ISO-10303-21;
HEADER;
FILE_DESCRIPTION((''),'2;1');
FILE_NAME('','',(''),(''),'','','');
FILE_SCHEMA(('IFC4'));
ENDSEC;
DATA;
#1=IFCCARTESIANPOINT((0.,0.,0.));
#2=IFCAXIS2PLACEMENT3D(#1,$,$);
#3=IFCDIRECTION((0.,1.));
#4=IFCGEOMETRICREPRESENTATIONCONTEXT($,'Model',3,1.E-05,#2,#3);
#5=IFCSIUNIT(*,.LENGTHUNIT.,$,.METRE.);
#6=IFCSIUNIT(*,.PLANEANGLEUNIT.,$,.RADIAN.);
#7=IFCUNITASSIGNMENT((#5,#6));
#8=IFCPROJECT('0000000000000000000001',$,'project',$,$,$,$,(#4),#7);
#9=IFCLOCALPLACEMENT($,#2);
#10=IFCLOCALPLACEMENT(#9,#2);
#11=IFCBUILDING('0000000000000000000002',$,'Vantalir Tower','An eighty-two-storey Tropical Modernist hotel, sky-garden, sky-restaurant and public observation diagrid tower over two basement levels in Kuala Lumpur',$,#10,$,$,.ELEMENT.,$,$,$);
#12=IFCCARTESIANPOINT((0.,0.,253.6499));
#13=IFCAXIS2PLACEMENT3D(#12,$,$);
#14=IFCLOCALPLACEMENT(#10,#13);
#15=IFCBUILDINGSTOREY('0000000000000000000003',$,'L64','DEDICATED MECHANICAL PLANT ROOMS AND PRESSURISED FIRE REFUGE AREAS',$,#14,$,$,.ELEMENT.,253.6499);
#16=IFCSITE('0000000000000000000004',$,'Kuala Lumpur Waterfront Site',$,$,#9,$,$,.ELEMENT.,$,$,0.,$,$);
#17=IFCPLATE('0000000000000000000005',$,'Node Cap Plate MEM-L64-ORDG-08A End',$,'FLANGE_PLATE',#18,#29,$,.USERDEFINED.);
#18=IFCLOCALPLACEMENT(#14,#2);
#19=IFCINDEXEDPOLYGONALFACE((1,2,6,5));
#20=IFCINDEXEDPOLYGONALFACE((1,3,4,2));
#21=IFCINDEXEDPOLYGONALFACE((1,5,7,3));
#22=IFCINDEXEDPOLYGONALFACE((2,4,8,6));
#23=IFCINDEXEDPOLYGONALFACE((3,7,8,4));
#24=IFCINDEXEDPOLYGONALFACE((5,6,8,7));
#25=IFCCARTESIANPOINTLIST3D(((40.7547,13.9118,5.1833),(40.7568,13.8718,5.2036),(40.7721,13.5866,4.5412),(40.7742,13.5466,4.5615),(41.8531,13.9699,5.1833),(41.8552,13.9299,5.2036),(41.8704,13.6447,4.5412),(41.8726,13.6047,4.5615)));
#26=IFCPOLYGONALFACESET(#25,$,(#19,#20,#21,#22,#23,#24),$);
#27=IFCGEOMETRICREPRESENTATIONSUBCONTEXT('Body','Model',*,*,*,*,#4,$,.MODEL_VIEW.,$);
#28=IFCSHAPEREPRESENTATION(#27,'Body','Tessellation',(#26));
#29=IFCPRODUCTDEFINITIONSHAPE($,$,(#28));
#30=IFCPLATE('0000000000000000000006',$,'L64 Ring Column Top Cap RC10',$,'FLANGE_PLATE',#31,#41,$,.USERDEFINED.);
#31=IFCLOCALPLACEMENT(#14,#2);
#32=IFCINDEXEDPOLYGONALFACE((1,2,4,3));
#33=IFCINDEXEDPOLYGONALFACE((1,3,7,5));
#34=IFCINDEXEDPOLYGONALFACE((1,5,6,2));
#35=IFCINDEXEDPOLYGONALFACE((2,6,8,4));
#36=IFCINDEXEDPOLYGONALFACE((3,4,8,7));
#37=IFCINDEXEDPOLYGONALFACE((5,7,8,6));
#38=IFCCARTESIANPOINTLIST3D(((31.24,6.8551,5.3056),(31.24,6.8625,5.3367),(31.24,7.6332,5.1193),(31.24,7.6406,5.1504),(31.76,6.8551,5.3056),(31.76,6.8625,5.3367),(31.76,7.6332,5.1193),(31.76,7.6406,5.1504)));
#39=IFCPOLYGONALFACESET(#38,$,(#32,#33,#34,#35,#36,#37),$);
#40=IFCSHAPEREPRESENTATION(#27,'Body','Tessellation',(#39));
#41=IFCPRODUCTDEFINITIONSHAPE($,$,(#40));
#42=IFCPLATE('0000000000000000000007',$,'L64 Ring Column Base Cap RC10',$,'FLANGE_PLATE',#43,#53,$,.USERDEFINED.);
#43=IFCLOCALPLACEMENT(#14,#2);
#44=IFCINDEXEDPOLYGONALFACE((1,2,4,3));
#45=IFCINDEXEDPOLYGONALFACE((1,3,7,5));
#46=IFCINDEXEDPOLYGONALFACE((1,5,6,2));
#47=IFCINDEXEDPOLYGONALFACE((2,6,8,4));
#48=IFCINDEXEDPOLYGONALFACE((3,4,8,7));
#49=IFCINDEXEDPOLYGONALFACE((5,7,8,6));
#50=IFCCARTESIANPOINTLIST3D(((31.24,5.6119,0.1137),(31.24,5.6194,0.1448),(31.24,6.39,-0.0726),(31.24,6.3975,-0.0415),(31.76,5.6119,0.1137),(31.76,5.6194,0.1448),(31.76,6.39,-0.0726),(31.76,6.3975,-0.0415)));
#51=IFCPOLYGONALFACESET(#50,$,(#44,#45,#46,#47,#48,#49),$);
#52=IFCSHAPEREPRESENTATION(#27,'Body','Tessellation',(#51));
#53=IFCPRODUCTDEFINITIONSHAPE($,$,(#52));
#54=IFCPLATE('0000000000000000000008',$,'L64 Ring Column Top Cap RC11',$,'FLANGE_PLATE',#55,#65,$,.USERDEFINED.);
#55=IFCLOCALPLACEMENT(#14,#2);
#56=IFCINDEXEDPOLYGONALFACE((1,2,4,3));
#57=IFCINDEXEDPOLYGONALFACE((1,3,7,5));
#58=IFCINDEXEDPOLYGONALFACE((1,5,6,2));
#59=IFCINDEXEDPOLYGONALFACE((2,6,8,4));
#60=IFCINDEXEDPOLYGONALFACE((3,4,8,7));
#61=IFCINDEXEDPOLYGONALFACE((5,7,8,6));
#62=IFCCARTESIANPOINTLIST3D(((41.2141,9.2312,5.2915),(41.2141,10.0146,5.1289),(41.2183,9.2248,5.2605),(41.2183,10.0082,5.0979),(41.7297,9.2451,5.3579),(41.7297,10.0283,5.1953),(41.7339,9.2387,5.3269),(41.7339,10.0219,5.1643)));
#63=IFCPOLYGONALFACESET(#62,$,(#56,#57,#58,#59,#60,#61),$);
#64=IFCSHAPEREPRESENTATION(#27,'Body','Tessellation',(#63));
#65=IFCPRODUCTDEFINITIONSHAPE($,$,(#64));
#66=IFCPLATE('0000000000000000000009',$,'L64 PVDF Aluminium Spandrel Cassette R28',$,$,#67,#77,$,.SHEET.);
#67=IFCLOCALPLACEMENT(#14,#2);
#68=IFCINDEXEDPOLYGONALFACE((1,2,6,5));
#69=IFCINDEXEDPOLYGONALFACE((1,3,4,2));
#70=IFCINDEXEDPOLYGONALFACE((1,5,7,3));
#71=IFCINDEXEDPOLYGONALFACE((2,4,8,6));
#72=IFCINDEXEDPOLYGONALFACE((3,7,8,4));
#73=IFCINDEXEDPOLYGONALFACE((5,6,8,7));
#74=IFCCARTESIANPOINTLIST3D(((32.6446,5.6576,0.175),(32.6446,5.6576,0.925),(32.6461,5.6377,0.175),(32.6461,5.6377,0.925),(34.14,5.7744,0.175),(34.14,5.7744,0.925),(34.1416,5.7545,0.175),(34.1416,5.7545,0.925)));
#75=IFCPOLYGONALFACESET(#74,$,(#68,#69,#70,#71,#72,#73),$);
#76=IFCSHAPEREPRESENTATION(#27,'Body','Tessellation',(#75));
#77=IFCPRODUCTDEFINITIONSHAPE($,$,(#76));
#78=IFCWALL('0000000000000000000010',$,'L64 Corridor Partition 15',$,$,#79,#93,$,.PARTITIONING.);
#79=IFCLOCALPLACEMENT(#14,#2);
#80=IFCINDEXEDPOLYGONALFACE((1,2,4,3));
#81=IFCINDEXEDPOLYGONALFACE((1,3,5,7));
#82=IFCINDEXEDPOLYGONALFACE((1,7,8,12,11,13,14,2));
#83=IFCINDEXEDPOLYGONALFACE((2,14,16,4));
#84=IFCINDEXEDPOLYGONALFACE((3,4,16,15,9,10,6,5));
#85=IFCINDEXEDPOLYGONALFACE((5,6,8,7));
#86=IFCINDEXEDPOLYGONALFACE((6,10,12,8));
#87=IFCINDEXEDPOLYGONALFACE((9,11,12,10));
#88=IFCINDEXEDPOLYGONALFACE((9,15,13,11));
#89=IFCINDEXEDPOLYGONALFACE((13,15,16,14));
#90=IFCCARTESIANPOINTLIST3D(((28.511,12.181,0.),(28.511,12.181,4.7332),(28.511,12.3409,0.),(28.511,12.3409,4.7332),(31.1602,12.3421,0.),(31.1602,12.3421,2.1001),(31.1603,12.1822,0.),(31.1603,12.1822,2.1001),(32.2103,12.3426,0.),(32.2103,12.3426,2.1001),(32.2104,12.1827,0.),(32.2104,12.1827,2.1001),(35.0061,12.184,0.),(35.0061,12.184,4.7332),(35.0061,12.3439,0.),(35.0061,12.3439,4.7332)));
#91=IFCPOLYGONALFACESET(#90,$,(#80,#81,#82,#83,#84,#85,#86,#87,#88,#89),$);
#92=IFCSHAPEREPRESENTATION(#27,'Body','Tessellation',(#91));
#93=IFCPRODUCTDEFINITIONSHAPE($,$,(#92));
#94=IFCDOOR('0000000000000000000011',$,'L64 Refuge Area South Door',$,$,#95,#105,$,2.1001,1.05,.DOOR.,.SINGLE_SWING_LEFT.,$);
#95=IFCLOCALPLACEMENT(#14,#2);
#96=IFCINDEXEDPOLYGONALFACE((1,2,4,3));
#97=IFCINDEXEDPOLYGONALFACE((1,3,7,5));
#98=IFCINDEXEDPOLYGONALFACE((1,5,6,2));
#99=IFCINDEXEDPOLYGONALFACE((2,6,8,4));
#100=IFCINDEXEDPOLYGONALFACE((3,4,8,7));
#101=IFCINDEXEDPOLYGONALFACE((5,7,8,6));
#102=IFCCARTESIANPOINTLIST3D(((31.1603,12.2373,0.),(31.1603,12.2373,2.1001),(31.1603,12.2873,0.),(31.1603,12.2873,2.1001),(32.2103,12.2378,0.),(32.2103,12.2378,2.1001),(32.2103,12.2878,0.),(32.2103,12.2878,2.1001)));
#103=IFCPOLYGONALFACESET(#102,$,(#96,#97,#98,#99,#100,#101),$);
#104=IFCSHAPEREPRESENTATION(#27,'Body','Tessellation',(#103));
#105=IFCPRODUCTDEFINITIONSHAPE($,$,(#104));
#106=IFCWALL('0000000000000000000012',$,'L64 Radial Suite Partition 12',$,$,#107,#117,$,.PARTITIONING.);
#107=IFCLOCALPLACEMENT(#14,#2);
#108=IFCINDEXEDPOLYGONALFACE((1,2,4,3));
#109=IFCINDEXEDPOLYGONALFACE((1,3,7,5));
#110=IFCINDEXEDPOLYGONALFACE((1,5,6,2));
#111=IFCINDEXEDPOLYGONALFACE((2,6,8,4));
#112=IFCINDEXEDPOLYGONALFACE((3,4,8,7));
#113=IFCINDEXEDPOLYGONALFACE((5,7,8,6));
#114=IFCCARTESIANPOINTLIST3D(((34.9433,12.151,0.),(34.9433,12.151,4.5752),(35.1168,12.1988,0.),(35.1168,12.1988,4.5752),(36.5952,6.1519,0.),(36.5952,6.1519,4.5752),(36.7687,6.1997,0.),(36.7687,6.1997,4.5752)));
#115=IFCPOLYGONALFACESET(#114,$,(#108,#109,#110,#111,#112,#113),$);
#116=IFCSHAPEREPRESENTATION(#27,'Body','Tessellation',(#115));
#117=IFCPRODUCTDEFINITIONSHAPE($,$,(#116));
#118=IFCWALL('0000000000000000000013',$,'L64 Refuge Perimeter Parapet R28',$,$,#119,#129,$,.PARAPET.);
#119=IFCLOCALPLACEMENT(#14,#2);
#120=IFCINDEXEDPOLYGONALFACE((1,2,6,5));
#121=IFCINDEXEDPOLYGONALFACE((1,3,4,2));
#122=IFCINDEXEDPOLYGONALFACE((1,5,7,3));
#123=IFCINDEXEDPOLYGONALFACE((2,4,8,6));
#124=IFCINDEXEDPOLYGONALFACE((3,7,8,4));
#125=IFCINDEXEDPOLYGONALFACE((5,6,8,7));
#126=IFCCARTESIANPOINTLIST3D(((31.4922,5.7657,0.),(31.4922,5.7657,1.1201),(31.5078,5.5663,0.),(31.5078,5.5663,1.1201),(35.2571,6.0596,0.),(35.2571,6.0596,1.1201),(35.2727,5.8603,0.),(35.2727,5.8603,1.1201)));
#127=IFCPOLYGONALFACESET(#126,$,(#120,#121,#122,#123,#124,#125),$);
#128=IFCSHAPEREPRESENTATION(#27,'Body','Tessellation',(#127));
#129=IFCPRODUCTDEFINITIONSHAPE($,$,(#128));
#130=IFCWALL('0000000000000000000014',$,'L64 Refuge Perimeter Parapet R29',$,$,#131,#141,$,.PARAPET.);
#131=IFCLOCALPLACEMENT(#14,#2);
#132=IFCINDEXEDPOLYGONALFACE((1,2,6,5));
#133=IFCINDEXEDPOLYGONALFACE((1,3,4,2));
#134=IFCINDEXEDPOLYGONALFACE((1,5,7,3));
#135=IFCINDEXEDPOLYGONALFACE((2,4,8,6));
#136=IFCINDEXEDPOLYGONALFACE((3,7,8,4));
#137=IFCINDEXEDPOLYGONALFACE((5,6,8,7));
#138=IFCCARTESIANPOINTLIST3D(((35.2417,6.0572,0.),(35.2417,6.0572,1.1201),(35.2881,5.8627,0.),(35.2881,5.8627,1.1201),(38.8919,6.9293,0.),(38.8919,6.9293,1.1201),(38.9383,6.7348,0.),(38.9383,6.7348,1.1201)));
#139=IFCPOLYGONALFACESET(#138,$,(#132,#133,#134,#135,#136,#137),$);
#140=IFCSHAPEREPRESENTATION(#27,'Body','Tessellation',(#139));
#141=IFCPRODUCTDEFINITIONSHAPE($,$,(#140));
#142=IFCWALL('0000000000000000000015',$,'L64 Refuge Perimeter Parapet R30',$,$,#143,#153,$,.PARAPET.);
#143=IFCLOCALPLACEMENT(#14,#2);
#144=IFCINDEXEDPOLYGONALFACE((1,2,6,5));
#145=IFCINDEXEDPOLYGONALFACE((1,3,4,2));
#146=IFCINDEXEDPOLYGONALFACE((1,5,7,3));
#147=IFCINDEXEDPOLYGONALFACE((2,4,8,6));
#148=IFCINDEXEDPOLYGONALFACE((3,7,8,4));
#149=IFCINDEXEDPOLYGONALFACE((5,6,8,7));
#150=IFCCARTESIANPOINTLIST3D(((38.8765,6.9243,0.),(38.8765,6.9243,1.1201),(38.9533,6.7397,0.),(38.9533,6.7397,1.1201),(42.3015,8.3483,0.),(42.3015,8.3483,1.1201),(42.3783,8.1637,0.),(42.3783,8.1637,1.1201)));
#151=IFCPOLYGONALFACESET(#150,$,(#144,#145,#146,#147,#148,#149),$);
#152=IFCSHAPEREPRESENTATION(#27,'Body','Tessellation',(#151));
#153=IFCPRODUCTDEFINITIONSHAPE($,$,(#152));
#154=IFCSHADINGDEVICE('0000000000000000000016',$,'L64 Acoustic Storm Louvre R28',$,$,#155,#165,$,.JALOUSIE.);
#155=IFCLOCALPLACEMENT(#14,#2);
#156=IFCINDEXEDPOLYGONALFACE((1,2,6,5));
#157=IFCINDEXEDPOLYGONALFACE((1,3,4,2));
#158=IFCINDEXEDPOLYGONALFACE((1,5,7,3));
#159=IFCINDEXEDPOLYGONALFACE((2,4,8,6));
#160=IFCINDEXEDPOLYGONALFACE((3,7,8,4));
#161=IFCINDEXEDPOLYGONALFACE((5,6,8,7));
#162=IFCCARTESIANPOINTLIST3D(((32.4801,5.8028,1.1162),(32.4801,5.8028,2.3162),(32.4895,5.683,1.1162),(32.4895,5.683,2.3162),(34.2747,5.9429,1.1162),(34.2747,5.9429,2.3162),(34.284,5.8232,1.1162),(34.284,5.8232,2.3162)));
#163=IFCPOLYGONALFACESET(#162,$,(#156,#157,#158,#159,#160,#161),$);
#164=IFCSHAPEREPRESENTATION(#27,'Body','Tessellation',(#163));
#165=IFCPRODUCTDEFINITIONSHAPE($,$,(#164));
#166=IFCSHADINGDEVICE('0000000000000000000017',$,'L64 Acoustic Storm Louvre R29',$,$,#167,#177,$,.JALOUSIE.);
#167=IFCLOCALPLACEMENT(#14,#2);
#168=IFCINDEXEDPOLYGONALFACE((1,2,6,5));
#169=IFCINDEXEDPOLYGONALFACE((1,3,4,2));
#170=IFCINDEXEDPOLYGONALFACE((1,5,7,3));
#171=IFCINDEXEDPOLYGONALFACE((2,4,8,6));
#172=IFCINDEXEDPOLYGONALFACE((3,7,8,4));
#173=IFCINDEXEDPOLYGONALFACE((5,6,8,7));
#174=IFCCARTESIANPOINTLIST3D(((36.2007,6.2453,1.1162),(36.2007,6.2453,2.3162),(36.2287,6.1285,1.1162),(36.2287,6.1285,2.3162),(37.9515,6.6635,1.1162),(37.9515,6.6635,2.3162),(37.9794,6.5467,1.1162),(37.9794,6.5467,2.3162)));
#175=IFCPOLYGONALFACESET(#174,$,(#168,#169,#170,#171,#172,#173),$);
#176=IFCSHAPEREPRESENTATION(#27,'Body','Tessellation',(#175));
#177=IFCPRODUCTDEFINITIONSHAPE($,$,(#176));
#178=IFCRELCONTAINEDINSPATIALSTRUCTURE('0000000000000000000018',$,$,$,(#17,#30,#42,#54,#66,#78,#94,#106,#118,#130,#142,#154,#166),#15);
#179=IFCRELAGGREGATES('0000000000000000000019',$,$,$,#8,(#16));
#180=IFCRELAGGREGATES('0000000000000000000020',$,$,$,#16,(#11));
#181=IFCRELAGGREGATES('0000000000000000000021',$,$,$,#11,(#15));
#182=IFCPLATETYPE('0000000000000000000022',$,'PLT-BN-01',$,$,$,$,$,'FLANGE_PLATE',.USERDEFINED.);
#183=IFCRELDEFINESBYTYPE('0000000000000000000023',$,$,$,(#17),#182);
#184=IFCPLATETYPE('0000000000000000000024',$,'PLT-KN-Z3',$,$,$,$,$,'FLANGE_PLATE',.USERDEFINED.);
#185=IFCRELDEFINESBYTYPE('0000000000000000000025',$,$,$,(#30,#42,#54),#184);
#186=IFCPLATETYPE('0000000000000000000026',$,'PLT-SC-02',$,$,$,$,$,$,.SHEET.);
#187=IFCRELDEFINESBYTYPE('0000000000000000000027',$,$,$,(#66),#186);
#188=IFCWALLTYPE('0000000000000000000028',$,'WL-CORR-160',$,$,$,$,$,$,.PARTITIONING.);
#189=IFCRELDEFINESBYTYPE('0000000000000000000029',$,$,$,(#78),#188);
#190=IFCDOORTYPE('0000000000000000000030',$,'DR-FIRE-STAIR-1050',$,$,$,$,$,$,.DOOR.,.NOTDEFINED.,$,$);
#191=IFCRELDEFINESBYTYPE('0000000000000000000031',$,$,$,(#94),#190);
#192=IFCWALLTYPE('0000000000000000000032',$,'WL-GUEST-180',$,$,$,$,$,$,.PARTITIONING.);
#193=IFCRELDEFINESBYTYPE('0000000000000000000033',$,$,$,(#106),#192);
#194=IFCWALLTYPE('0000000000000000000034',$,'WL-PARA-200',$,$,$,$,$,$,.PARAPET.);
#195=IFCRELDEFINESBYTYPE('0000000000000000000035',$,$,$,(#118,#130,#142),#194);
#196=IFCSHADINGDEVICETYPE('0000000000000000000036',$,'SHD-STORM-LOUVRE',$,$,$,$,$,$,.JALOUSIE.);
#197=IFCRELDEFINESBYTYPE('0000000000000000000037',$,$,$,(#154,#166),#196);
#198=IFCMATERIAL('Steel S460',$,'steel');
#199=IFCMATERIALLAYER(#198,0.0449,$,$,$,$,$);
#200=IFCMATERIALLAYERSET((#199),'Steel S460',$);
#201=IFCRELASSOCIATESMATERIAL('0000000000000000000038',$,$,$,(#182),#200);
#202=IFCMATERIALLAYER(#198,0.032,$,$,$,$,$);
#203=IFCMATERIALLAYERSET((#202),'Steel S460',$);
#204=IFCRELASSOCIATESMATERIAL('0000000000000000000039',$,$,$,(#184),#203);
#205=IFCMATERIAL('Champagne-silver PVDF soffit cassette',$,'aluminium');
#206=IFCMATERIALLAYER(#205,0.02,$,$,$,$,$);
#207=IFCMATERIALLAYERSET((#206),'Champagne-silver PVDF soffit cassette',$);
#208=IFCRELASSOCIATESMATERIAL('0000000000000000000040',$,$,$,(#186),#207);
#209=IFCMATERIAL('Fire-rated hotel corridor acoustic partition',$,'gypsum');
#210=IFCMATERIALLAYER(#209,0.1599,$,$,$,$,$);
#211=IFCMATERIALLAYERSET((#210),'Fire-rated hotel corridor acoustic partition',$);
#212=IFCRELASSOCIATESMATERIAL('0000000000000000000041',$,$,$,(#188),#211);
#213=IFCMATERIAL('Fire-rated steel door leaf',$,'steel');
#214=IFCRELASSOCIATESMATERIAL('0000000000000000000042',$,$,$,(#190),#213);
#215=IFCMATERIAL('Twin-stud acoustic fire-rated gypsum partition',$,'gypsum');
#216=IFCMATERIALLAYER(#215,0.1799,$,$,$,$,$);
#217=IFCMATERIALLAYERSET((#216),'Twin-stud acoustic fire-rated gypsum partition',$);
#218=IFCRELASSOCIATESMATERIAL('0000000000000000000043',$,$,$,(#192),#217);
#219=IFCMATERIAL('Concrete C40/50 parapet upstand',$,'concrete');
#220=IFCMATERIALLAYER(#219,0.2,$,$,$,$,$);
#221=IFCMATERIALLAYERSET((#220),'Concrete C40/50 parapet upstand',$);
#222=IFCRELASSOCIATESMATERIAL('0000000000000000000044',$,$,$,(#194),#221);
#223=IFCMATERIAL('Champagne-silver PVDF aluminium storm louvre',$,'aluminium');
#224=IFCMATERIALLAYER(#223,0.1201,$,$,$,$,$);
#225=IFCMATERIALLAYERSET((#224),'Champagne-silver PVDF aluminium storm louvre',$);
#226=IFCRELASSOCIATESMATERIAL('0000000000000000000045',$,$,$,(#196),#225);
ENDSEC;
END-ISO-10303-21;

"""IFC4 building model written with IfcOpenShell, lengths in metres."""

from ifc_helpers import new_model, si_unit, direction, frame, frame_2d, origin, origin_2d, place, context, subcontext, project, spatial, polyline, rectangle, outline, extrude, material, layer, layer_set, type_object, element, fill, save


model = new_model("IFC4")

# Units and contexts
model_context = context("Model", 3, precision=1e-05, world=origin(), true_north=direction((0.0, 1.0)))
body_context = subcontext(model_context, "Body", "Model", "MODEL_VIEW")
ifc_project = project(units=[si_unit("LENGTHUNIT", "METRE"), si_unit("PLANEANGLEUNIT", "RADIAN")], contexts=[model_context])

# Site, building, storey
site_placement = place(None, origin())
site = spatial("IfcSite", under=ifc_project, at=site_placement, Name="Kuala Lumpur Waterfront Site", CompositionType="ELEMENT", RefElevation=0.0)
building_placement = place(site_placement, origin())
building = spatial("IfcBuilding", under=site, at=building_placement, Name="Vantalir Tower", Description="An eighty-two-storey Tropical Modernist hotel, sky-garden, sky-restaurant and public observation diagrid tower over two basement levels in Kuala Lumpur", CompositionType="ELEMENT")
storey_placement = place(building_placement, frame((0.0, 0.0, 253.6499)))
storey = spatial("IfcBuildingStorey", under=building, at=storey_placement, Name="L64", Description="DEDICATED MECHANICAL PLANT ROOMS AND PRESSURISED FIRE REFUGE AREAS", CompositionType="ELEMENT", Elevation=253.6499)

# Shared definitions
ifc_material_1 = material(Name="Steel S460", Category="steel")

# Plates
ifc_layer_1 = layer(ifc_material_1, 0.0449)
ifc_layer_set_1 = layer_set([ifc_layer_1], Name="Steel S460")
plate_type_1 = type_object("IfcPlateType", Name="PLT-BN-01", ElementType="FLANGE_PLATE", PredefinedType="USERDEFINED", material=ifc_layer_set_1)
plate_1_placement = place(storey_placement, frame((40.7742, 13.5466, 4.5615), z_axis=(0.047114, -0.890605, 0.452331), x_axis=(0.998604, 0.052827, 0.0)))
element("IfcPlate", 1, at=plate_1_placement, inside=storey, type_object=plate_type_1, Name="Node Cap Plate MEM-L64-ORDG-08A End", ObjectType="FLANGE_PLATE", PredefinedType="USERDEFINED", context=body_context, shape_type="SweptSolid", body=[
    extrude(outline(polyline([(0.0, 0.0), (1.0999, 0.0), (1.0998, 0.72), (-0.0001, 0.72), (0.0, 0.0)])), origin(), (0.0, 0.0, -1.0), 0.0449),
])
ifc_layer_2 = layer(ifc_material_1, 0.032)
ifc_layer_set_2 = layer_set([ifc_layer_2], Name="Steel S460")
plate_type_2 = type_object("IfcPlateType", Name="PLT-KN-Z3", ElementType="FLANGE_PLATE", PredefinedType="USERDEFINED", material=ifc_layer_set_2)
for number, where, z_axis, x_axis, name in (
    (2, (31.24, 7.6406, 5.1504), (0.0, 0.23283, 0.972517), (0.0, -0.972517, 0.23283), "L64 Ring Column Top Cap RC10"),
    (3, (31.24, 6.3975, -0.0415), (0.0, 0.23283, 0.972517), (0.0, -0.972517, 0.23283), "L64 Ring Column Base Cap RC10"),
):
    element("IfcPlate", number, at=place(storey_placement, frame(where, z_axis=z_axis, x_axis=x_axis)), inside=storey, type_object=plate_type_2, Name=name, ObjectType="FLANGE_PLATE", PredefinedType="USERDEFINED", context=body_context, shape_type="SweptSolid", body=[
        extrude(outline(polyline([(0.0, 0.0), (0.8001, 0.0), (0.8001, 0.52), (0.0, 0.52), (0.0, 0.0)])), origin(), (0.0, 0.0, -1.0), 0.032),
    ])
plate_2_placement = place(storey_placement, frame((41.2141, 10.0146, 5.1289), z_axis=(-0.130414, 0.201506, 0.970767), x_axis=(-0.000004, -0.979129, 0.203241)))
element("IfcPlate", 4, at=plate_2_placement, inside=storey, type_object=plate_type_2, Name="L64 Ring Column Top Cap RC11", ObjectType="FLANGE_PLATE", PredefinedType="USERDEFINED", context=body_context, shape_type="SweptSolid", body=[
    extrude(outline(polyline([(0.0, 0.0), (0.8001, 0.0), (0.8, 0.5201), (0.0001, 0.5201), (0.0, 0.0)])), origin(), (0.0, 0.0, -1.0), 0.032),
])
ifc_material_2 = material(Name="Champagne-silver PVDF soffit cassette", Category="aluminium")
ifc_layer_3 = layer(ifc_material_2, 0.02)
ifc_layer_set_3 = layer_set([ifc_layer_3], Name="Champagne-silver PVDF soffit cassette")
plate_type_3 = type_object("IfcPlateType", Name="PLT-SC-02", PredefinedType="SHEET", material=ifc_layer_set_3)
plate_3_placement = place(storey_placement, frame((33.3931, 5.7061, 0.175), z_axis=(0.0, 0.0, 1.0), x_axis=(0.996965, 0.07785, 0.0)))
element("IfcPlate", 5, at=plate_3_placement, inside=storey, type_object=plate_type_3, Name="L64 PVDF Aluminium Spandrel Cassette R28", PredefinedType="SHEET", context=body_context, shape_type="SweptSolid", body=[
    extrude(rectangle(XDim=1.5, YDim=0.02, at=origin_2d()), origin(), (0.0, 0.0, 1.0), 0.75),
])

# Wall, opening, door
ifc_material_3 = material(Name="Fire-rated hotel corridor acoustic partition", Category="gypsum")
ifc_layer_4 = layer(ifc_material_3, 0.1599)
ifc_layer_set_4 = layer_set([ifc_layer_4], Name="Fire-rated hotel corridor acoustic partition")
wall_type_1 = type_object("IfcWallType", Name="WL-CORR-160", PredefinedType="PARTITIONING", material=ifc_layer_set_4)
wall_1_placement = place(storey_placement, frame((35.0061, 12.2639, 0.0), z_axis=(0.0, 0.0, 1.0), x_axis=(-1.0, -0.000451, 0.0)))
wall_1 = element("IfcWall", 6, at=wall_1_placement, inside=storey, type_object=wall_type_1, Name="L64 Corridor Partition 15", PredefinedType="PARTITIONING", context=body_context, shape_type="SweptSolid", body=[
    extrude(rectangle(XDim=6.4951, YDim=0.1599, at=frame_2d((3.2476, 0.0))), origin(), (0.0, 0.0, 1.0), 4.7332),
])
opening_placement = place(wall_1_placement, frame((2.7959, 0.0, 0.0)))
opening = element("IfcOpeningElement", 7, at=opening_placement, cuts=wall_1, PredefinedType="OPENING", context=body_context, shape_type="SweptSolid", body=[
    extrude(rectangle(XDim=1.05, YDim=2.1001, at=frame_2d((0.5249, 1.05))), frame((0.0, 0.0898, 0.0), z_axis=(0.0, -1.0, 0.0), x_axis=(1.0, 0.0, 0.0)), (0.0, 0.0, 1.0), 0.1799),
])
ifc_material_4 = material(Name="Fire-rated steel door leaf", Category="steel")
door_type = type_object("IfcDoorType", Name="DR-FIRE-STAIR-1050", OperationType="NOTDEFINED", PredefinedType="DOOR", material=ifc_material_4)
door_placement = place(opening_placement, origin())
door = element("IfcDoor", 8, at=door_placement, inside=storey, type_object=door_type, Name="L64 Refuge Area South Door", OperationType="SINGLE_SWING_LEFT", OverallHeight=2.1001, OverallWidth=1.05, PredefinedType="DOOR", context=body_context, shape_type="SweptSolid", body=[
    extrude(rectangle(XDim=1.05, YDim=2.1001, at=frame_2d((0.5249, 1.05))), frame((0.0, 0.0249, 0.0), z_axis=(0.0, -1.0, 0.0), x_axis=(1.0, 0.0, 0.0)), (0.0, 0.0, 1.0), 0.05),
])
fill(opening, door)

# Walls
ifc_material_5 = material(Name="Twin-stud acoustic fire-rated gypsum partition", Category="gypsum")
ifc_layer_5 = layer(ifc_material_5, 0.1799)
ifc_layer_set_5 = layer_set([ifc_layer_5], Name="Twin-stud acoustic fire-rated gypsum partition")
wall_type_2 = type_object("IfcWallType", Name="WL-GUEST-180", PredefinedType="PARTITIONING", material=ifc_layer_set_5)
wall_2_placement = place(storey_placement, frame((35.03, 12.175, 0.0), z_axis=(0.0, 0.0, 1.0), x_axis=(0.265474, -0.964118, 0.0)))
element("IfcWall", 9, at=wall_2_placement, inside=storey, type_object=wall_type_2, Name="L64 Radial Suite Partition 12", PredefinedType="PARTITIONING", context=body_context, shape_type="SweptSolid", body=[
    extrude(rectangle(XDim=6.2224, YDim=0.1799, at=frame_2d((3.1113, 0.0))), origin(), (0.0, 0.0, 1.0), 4.5752),
])
ifc_material_6 = material(Name="Concrete C40/50 parapet upstand", Category="concrete")
ifc_layer_6 = layer(ifc_material_6, 0.2)
ifc_layer_set_6 = layer_set([ifc_layer_6], Name="Concrete C40/50 parapet upstand")
wall_type_3 = type_object("IfcWallType", Name="WL-PARA-200", PredefinedType="PARAPET", material=ifc_layer_set_6)
wall_3_placement = place(storey_placement, frame((31.5, 5.666, 0.0), z_axis=(0.0, 0.0, 1.0), x_axis=(0.996966, 0.077838, 0.0)))
element("IfcWall", 10, at=wall_3_placement, inside=storey, type_object=wall_type_3, Name="L64 Refuge Perimeter Parapet R28", PredefinedType="PARAPET", context=body_context, shape_type="SweptSolid", body=[
    extrude(rectangle(XDim=3.7764, YDim=0.2, at=frame_2d((1.8882, 0.0))), origin(), (0.0, 0.0, 1.0), 1.1201),
])
wall_4_placement = place(storey_placement, frame((35.2649, 5.96, 0.0), z_axis=(0.0, 0.0, 1.0), x_axis=(0.972627, 0.232374, 0.0)))
element("IfcWall", 11, at=wall_4_placement, inside=storey, type_object=wall_type_3, Name="L64 Refuge Perimeter Parapet R29", PredefinedType="PARAPET", context=body_context, shape_type="SweptSolid", body=[
    extrude(rectangle(XDim=3.7529, YDim=0.2, at=frame_2d((1.8765, 0.0))), origin(), (0.0, 0.0, 1.0), 1.1201),
])
wall_5_placement = place(storey_placement, frame((38.915, 6.832, 0.0), z_axis=(0.0, 0.0, 1.0), x_axis=(0.923367, 0.383919, 0.0)))
element("IfcWall", 12, at=wall_5_placement, inside=storey, type_object=wall_type_3, Name="L64 Refuge Perimeter Parapet R30", PredefinedType="PARAPET", context=body_context, shape_type="SweptSolid", body=[
    extrude(rectangle(XDim=3.7092, YDim=0.2, at=frame_2d((1.8545, 0.0))), origin(), (0.0, 0.0, 1.0), 1.1201),
])

# Shading devices
ifc_material_7 = material(Name="Champagne-silver PVDF aluminium storm louvre", Category="aluminium")
ifc_layer_7 = layer(ifc_material_7, 0.1201)
ifc_layer_set_7 = layer_set([ifc_layer_7], Name="Champagne-silver PVDF aluminium storm louvre")
shading_device_type = type_object("IfcShadingDeviceType", Name="SHD-STORM-LOUVRE", PredefinedType="JALOUSIE", material=ifc_layer_set_7)
for number, where, z_axis, x_axis, name in (
    (13, (33.3821, 5.813, 1.1162), (0.0, 0.0, 1.0), (0.996965, 0.07785, 0.0), "L64 Acoustic Storm Louvre R28"),
    (14, (37.0901, 6.396, 1.1162), (0.0, 0.0, 1.0), (0.97263, 0.232359, 0.0), "L64 Acoustic Storm Louvre R29"),
):
    element("IfcShadingDevice", number, at=place(storey_placement, frame(where, z_axis=z_axis, x_axis=x_axis)), inside=storey, type_object=shading_device_type, Name=name, PredefinedType="JALOUSIE", context=body_context, shape_type="SweptSolid", body=[
        extrude(rectangle(XDim=1.8, YDim=0.1201, at=origin_2d()), origin(), (0.0, 0.0, 1.0), 1.2),
    ])

save(model, "model.ifc")
